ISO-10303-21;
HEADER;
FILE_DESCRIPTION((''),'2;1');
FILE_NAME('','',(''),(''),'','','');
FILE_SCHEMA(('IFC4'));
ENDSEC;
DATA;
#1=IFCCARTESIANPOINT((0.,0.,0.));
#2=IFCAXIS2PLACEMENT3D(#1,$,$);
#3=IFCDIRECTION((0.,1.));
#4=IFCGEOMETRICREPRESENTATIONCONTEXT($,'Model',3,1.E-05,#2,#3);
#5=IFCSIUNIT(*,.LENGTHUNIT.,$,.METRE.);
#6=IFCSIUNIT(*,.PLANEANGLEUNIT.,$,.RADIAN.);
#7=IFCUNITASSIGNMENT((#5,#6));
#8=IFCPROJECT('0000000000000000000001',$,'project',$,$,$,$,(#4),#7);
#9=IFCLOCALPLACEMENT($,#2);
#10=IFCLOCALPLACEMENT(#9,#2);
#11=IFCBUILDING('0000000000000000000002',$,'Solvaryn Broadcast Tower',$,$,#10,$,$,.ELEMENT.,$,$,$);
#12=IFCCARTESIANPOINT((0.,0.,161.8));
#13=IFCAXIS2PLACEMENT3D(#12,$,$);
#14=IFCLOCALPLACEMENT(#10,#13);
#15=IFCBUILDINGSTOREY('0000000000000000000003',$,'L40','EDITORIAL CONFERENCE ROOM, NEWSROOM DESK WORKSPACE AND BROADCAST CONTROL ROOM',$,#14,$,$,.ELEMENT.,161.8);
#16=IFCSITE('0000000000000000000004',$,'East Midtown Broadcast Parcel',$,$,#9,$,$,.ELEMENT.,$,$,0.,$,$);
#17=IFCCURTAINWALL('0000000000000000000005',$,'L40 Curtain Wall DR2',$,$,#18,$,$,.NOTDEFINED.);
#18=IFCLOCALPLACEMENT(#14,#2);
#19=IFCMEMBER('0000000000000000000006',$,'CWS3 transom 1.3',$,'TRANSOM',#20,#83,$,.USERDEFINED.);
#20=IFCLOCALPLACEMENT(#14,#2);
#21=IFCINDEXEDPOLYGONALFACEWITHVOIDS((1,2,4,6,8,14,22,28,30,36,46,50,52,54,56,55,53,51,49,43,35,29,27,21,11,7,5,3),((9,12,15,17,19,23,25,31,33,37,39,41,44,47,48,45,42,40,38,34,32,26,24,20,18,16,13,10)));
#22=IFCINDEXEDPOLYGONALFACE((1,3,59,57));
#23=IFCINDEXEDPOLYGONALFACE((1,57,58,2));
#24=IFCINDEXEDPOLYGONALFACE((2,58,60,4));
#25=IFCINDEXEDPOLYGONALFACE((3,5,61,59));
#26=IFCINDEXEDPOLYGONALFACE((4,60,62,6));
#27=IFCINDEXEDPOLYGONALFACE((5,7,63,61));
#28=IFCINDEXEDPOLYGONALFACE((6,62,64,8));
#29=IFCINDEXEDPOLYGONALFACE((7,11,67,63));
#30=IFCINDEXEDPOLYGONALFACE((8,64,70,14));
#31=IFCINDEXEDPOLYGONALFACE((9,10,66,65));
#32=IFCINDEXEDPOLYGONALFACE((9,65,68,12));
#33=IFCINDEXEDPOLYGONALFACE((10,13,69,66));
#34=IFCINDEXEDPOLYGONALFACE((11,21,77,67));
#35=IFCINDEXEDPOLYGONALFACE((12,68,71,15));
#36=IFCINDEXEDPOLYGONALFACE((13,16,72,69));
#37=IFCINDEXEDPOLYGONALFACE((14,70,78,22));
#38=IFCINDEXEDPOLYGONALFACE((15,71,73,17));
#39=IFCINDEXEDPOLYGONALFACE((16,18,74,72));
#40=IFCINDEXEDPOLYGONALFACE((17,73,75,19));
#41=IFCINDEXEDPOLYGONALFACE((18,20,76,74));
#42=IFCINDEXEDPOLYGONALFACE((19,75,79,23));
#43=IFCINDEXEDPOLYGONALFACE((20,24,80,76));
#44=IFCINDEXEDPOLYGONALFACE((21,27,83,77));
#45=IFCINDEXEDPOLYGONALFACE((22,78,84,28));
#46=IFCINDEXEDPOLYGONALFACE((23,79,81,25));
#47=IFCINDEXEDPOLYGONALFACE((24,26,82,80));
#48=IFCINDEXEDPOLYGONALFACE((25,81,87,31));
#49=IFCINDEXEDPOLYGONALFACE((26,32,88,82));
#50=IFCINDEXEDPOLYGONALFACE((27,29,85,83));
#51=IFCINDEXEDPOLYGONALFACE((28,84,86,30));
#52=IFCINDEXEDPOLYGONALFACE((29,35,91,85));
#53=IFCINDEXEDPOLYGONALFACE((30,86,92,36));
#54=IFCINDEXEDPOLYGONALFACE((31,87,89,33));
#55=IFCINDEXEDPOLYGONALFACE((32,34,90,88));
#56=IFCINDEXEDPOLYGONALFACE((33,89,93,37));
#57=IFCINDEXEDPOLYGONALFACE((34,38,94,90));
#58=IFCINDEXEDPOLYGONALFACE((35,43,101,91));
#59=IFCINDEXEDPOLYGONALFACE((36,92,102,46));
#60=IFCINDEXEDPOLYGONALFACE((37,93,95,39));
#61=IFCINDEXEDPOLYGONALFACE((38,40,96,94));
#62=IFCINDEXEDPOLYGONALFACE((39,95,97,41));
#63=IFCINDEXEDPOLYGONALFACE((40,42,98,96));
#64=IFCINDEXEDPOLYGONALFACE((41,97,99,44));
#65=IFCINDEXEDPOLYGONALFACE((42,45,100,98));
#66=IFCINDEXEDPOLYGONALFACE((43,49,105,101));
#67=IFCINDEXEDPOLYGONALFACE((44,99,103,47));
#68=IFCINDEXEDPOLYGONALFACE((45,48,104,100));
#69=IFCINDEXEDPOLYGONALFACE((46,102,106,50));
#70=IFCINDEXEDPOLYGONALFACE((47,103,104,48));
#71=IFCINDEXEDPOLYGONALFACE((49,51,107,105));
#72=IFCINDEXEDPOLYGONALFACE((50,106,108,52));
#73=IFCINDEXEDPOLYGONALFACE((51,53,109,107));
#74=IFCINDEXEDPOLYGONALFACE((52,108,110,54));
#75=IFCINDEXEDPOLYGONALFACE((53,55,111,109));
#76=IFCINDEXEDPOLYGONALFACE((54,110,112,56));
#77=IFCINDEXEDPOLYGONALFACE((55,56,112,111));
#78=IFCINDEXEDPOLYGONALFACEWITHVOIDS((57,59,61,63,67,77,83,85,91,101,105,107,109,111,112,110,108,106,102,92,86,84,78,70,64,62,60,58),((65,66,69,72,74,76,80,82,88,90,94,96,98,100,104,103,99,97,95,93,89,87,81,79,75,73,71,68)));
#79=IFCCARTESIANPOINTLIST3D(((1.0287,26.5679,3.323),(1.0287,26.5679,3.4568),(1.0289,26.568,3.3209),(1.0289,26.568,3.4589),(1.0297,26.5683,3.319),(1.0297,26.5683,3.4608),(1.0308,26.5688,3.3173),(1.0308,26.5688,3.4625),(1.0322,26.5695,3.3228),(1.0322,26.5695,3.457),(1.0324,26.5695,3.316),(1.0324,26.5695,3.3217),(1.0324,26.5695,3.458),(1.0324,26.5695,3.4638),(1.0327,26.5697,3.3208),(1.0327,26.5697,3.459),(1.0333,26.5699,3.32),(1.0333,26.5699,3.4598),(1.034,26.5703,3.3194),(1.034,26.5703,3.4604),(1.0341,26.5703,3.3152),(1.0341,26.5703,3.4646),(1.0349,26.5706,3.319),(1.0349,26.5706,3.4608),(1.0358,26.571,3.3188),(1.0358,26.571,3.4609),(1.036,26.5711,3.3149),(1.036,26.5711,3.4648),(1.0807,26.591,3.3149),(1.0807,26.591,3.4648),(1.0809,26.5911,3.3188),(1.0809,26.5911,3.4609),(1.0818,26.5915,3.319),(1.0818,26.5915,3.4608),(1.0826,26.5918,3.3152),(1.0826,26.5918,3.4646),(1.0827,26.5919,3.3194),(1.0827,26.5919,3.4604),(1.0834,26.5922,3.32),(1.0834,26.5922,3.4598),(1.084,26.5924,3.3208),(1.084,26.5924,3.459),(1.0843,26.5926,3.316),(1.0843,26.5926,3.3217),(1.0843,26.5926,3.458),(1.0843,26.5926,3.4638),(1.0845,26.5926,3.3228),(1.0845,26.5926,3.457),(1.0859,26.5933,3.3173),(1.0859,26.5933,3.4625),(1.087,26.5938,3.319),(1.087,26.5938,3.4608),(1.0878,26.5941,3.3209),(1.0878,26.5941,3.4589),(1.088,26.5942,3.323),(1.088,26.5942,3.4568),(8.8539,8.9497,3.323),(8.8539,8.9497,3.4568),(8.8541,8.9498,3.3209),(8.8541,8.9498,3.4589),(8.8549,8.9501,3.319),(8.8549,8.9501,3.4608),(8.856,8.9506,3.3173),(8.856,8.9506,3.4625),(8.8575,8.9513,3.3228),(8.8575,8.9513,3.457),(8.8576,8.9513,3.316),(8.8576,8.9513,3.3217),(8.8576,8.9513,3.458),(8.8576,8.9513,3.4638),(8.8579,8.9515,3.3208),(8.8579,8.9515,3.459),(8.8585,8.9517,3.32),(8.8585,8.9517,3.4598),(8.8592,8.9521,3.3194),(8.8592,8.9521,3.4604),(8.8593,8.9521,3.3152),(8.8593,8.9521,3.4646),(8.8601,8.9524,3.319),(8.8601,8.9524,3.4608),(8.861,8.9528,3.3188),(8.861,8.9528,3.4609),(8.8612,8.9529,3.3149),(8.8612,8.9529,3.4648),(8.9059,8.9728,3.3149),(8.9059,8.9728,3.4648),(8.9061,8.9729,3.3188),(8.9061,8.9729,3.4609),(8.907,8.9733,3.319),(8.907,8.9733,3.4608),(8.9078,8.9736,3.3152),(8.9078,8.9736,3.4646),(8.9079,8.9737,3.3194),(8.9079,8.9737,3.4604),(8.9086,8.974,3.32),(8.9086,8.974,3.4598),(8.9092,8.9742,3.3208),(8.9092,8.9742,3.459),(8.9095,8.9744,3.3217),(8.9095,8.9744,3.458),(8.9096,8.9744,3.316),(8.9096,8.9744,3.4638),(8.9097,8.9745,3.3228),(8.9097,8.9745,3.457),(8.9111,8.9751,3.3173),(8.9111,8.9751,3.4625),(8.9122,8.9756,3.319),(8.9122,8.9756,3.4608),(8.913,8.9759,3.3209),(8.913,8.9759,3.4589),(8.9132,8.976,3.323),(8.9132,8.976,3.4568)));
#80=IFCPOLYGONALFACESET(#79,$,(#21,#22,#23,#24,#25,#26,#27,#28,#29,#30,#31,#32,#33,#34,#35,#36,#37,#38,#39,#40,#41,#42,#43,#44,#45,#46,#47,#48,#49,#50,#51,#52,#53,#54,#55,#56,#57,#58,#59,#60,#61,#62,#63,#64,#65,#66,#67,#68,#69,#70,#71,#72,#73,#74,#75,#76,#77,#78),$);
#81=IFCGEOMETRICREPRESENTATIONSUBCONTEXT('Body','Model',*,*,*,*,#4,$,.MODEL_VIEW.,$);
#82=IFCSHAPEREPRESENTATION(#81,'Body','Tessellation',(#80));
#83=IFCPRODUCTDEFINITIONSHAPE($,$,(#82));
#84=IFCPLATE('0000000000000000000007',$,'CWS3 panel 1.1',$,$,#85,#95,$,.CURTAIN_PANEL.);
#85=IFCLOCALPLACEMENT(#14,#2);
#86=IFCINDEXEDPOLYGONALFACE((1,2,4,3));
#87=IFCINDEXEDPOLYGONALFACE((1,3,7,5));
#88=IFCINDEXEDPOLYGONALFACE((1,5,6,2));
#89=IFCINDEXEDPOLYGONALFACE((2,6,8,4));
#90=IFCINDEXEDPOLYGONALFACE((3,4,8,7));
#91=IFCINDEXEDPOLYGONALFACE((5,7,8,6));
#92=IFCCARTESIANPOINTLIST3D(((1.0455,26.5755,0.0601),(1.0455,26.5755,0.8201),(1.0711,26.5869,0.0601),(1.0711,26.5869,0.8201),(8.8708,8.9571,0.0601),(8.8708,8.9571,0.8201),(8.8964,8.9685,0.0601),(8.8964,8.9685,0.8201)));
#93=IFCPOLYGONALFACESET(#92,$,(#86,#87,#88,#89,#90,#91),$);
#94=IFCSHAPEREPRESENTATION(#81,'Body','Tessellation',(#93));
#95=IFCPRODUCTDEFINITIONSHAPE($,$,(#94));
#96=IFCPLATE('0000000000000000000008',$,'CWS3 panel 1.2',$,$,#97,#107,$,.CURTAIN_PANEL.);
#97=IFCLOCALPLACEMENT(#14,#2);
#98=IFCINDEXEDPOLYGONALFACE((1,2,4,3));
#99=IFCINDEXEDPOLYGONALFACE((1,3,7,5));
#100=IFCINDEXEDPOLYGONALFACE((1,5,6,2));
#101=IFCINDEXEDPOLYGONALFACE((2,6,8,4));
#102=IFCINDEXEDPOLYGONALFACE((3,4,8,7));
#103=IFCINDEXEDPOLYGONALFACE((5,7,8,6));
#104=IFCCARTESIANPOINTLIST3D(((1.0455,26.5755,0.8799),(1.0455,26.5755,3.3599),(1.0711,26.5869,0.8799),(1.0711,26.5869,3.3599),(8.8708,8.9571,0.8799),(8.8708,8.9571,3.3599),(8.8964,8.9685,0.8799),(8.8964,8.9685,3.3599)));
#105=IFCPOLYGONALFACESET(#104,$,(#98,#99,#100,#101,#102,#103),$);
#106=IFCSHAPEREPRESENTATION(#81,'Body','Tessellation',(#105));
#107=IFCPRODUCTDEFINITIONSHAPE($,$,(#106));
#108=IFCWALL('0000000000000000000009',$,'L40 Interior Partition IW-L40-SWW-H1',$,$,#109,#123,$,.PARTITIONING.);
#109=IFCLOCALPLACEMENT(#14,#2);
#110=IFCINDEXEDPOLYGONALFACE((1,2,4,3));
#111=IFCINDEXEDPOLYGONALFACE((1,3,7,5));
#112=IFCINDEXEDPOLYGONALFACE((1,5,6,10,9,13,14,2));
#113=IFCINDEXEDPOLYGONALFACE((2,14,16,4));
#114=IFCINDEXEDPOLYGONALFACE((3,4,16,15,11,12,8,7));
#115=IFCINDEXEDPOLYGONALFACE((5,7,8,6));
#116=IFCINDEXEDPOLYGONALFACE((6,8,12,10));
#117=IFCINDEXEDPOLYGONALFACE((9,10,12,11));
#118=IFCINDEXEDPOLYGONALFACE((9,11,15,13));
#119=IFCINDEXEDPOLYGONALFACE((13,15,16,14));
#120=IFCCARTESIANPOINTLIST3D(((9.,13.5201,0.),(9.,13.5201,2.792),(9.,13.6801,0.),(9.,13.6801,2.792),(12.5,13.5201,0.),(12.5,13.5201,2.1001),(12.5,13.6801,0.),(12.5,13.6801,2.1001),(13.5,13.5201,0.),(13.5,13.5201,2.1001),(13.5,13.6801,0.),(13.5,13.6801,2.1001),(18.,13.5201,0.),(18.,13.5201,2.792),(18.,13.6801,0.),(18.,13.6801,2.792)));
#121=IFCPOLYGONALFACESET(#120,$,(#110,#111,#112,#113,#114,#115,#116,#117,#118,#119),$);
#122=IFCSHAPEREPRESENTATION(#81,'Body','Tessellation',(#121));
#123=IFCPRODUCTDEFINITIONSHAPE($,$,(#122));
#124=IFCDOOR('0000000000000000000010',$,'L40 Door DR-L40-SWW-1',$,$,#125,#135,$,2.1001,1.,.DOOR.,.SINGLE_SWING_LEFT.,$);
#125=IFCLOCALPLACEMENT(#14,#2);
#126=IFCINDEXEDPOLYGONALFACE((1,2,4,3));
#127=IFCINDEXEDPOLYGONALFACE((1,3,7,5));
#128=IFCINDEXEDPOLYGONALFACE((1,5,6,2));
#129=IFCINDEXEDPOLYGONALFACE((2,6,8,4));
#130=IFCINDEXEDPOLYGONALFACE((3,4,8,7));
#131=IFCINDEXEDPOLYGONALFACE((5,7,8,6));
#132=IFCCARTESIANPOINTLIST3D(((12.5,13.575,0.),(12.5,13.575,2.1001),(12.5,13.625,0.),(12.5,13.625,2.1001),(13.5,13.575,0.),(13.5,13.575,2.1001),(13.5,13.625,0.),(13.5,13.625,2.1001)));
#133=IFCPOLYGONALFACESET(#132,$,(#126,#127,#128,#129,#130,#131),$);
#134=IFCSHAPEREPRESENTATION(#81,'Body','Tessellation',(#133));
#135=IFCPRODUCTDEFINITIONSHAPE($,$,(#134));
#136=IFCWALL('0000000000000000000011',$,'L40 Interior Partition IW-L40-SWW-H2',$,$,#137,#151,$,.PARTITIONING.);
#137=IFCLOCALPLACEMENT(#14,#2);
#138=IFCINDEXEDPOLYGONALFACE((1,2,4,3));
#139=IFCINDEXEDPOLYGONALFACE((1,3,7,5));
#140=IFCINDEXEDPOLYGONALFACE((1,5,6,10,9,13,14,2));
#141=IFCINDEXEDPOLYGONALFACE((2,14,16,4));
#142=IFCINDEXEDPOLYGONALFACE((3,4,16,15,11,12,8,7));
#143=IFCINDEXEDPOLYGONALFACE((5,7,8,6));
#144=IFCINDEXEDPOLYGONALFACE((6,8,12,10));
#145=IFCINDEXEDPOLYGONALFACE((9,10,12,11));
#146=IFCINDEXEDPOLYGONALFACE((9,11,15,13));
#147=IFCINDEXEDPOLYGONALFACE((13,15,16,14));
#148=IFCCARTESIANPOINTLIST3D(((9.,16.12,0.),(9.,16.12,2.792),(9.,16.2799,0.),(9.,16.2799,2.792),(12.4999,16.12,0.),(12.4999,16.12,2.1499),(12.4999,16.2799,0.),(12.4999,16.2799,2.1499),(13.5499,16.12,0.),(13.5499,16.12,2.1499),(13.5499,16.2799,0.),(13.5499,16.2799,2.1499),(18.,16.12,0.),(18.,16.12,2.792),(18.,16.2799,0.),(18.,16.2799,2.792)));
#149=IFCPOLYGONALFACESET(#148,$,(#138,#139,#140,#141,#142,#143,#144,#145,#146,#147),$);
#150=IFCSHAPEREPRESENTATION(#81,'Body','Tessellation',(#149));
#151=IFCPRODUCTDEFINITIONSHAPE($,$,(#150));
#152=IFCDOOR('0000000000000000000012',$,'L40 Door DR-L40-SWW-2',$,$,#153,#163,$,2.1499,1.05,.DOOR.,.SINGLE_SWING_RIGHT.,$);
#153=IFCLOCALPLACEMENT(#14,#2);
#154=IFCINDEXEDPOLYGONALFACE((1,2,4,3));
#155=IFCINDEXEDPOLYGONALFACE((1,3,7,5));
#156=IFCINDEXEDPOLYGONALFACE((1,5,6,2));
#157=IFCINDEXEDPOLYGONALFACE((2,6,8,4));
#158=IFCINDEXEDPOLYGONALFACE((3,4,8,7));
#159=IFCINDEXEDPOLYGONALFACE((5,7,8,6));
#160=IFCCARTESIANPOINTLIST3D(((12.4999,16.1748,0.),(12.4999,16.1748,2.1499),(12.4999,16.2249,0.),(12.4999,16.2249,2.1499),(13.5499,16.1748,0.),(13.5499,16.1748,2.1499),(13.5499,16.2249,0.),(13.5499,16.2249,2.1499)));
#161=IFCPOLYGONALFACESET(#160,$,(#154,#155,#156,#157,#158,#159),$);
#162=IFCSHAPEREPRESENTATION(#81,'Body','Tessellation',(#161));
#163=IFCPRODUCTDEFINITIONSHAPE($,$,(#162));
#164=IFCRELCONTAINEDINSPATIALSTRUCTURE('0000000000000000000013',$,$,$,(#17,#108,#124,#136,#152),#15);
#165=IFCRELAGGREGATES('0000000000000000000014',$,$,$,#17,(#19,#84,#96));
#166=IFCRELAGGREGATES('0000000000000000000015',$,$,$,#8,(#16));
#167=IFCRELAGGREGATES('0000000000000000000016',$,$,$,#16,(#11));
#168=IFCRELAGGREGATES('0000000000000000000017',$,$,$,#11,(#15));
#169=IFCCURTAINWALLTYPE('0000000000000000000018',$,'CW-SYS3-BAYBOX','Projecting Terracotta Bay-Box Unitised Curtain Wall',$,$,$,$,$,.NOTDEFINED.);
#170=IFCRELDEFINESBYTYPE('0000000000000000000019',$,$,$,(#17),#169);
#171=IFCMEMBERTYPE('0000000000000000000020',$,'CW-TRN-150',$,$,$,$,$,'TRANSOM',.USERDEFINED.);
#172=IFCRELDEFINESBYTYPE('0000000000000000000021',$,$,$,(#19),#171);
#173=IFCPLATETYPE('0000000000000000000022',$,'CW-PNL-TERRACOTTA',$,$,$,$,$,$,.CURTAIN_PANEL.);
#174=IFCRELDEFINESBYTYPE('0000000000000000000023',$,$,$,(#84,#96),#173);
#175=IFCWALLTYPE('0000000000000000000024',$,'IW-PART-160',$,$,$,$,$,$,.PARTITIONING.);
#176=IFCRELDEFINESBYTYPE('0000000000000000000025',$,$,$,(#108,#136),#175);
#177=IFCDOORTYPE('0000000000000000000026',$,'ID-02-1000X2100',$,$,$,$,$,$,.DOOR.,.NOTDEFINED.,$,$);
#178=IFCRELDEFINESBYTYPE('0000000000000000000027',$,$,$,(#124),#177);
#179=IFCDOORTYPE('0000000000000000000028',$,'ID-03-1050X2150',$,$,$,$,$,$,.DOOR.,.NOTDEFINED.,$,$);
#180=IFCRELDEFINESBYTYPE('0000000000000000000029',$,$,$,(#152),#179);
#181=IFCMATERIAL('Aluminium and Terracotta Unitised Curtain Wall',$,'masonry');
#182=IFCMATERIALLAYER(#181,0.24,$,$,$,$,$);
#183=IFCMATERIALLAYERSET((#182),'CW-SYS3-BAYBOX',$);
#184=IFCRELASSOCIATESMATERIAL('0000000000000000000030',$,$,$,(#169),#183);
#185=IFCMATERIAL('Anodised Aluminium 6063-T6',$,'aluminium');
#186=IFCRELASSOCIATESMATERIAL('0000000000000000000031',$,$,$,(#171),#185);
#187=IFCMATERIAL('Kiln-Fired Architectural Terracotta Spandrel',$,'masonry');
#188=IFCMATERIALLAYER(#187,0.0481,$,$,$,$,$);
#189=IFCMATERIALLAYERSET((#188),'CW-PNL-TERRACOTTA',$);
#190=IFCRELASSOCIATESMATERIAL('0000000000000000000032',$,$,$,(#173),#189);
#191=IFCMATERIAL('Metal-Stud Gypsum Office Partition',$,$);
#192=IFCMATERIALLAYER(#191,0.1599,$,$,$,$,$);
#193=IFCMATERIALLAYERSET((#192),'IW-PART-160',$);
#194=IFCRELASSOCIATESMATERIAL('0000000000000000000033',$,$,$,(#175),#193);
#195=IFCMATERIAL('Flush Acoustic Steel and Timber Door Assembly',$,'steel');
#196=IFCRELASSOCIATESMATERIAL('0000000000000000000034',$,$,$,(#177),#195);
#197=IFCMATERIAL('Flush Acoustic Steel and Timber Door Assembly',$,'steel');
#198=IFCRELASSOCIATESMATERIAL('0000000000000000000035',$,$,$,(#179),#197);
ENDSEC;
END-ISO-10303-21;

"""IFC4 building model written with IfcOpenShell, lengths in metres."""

from ifc_helpers import new_model, si_unit, direction, frame, frame_2d, origin, origin_2d, place, context, subcontext, project, spatial, rectangle, hollow_rectangle, extrude, material, layer, layer_set, material_profile, profile_set, type_object, element, fill, aggregate, save


model = new_model("IFC4")

# Units and contexts
model_context = context("Model", 3, precision=1e-05, world=origin(), true_north=direction((0.0, 1.0)))
body_context = subcontext(model_context, "Body", "Model", "MODEL_VIEW")
ifc_project = project(units=[si_unit("LENGTHUNIT", "METRE"), si_unit("PLANEANGLEUNIT", "RADIAN")], contexts=[model_context])

# Site, building, storey
site_placement = place(None, origin())
site = spatial("IfcSite", under=ifc_project, at=site_placement, Name="East Midtown Broadcast Parcel", CompositionType="ELEMENT", RefElevation=0.0)
building_placement = place(site_placement, origin())
building = spatial("IfcBuilding", under=site, at=building_placement, Name="Solvaryn Broadcast Tower", CompositionType="ELEMENT")
storey_placement = place(building_placement, frame((0.0, 0.0, 161.8)))
storey = spatial("IfcBuildingStorey", under=building, at=storey_placement, Name="L40", Description="EDITORIAL CONFERENCE ROOM, NEWSROOM DESK WORKSPACE AND BROADCAST CONTROL ROOM", CompositionType="ELEMENT", Elevation=161.8)

# Curtain wall, member, plates
ifc_material_1 = material(Name="Aluminium and Terracotta Unitised Curtain Wall", Category="masonry")
ifc_layer_1 = layer(ifc_material_1, 0.24)
ifc_layer_set_1 = layer_set([ifc_layer_1], Name="CW-SYS3-BAYBOX")
curtain_wall_type_1 = type_object("IfcCurtainWallType", Name="CW-SYS3-BAYBOX", Description="Projecting Terracotta Bay-Box Unitised Curtain Wall", PredefinedType="NOTDEFINED", material=ifc_layer_set_1)
curtain_wall_1_placement = place(storey_placement, origin())
curtain_wall_1 = element("IfcCurtainWall", 1, at=curtain_wall_1_placement, inside=storey, type_object=curtain_wall_type_1, Name="L40 Curtain Wall DR2", PredefinedType="NOTDEFINED")
ifc_material_2 = material(Name="Anodised Aluminium 6063-T6", Category="aluminium")
ifc_material_profile_1 = material_profile(ifc_material_2, hollow_rectangle(XDim=0.0649, YDim=0.1499, WallThickness=0.0039, InnerFilletRadius=0.0039, OuterFilletRadius=0.0081, at=origin_2d()))
ifc_profile_set_1 = profile_set([ifc_material_profile_1], Name="Anodised Aluminium 6063-T6")
member_type_1 = type_object("IfcMemberType", Name="CW-TRN-150", ElementType="TRANSOM", PredefinedType="USERDEFINED", material=ifc_profile_set_1)
member_1_placement = place(storey_placement, frame((1.0583, 26.5811, 3.3899), z_axis=(0.405918, -0.91391, 0.0), x_axis=(0.91391, 0.405918, 0.0)))
member_1 = element("IfcMember", 2, at=member_1_placement, type_object=member_type_1, Name="CWS3 transom 1.3", ObjectType="TRANSOM", PredefinedType="USERDEFINED", context=body_context, shape_type="SweptSolid", body=[
    extrude(hollow_rectangle(XDim=0.0649, YDim=0.1499, WallThickness=0.0039, InnerFilletRadius=0.0039, OuterFilletRadius=0.0081, at=origin_2d()), origin(), (0.0, 0.0, 1.0), 19.2778),
])
ifc_material_3 = material(Name="Kiln-Fired Architectural Terracotta Spandrel", Category="masonry")
ifc_layer_2 = layer(ifc_material_3, 0.0481)
ifc_layer_set_2 = layer_set([ifc_layer_2], Name="CW-PNL-TERRACOTTA")
plate_type = type_object("IfcPlateType", Name="CW-PNL-TERRACOTTA", PredefinedType="CURTAIN_PANEL", material=ifc_layer_set_2)
plate_1_placement = place(storey_placement, frame((4.9709, 17.772, 0.0601), z_axis=(0.0, 0.0, 1.0), x_axis=(0.405918, -0.913909, 0.0)))
plate_1 = element("IfcPlate", 3, at=plate_1_placement, type_object=plate_type, Name="CWS3 panel 1.1", PredefinedType="CURTAIN_PANEL", context=body_context, shape_type="SweptSolid", body=[
    extrude(rectangle(XDim=19.2781, YDim=0.0281, at=origin_2d()), origin(), (0.0, 0.0, 1.0), 0.76),
])
plate_2_placement = place(storey_placement, frame((4.9709, 17.772, 0.8799), z_axis=(0.0, 0.0, 1.0), x_axis=(0.405918, -0.913909, 0.0)))
plate_2 = element("IfcPlate", 4, at=plate_2_placement, type_object=plate_type, Name="CWS3 panel 1.2", PredefinedType="CURTAIN_PANEL", context=body_context, shape_type="SweptSolid", body=[
    extrude(rectangle(XDim=19.2781, YDim=0.0281, at=origin_2d()), origin(), (0.0, 0.0, 1.0), 2.48),
])
aggregate(curtain_wall_1, [member_1, plate_1, plate_2])

# Walls, openings, doors
ifc_material_4 = material(Name="Metal-Stud Gypsum Office Partition")
ifc_layer_3 = layer(ifc_material_4, 0.1599)
ifc_layer_set_3 = layer_set([ifc_layer_3], Name="IW-PART-160")
wall_type = type_object("IfcWallType", Name="IW-PART-160", PredefinedType="PARTITIONING", material=ifc_layer_set_3)
wall_1_placement = place(storey_placement, frame((9.0, 13.6001, 0.0), z_axis=(0.0, 0.0, 1.0), x_axis=(1.0, 0.0, 0.0)))
wall_1 = element("IfcWall", 5, at=wall_1_placement, inside=storey, type_object=wall_type, Name="L40 Interior Partition IW-L40-SWW-H1", PredefinedType="PARTITIONING", context=body_context, shape_type="SweptSolid", body=[
    extrude(rectangle(XDim=9.0, YDim=0.1599, at=frame_2d((4.5, 0.0))), origin(), (0.0, 0.0, 1.0), 2.792),
])
opening_1_placement = place(wall_1_placement, frame((3.5, 0.0, 0.0)))
opening_1 = element("IfcOpeningElement", 6, at=opening_1_placement, cuts=wall_1, PredefinedType="OPENING", context=body_context, shape_type="SweptSolid", body=[
    extrude(rectangle(XDim=1.0, YDim=2.1001, at=frame_2d((0.5, 1.05))), frame((0.0, 0.0901, 0.0), z_axis=(0.0, -1.0, 0.0), x_axis=(1.0, 0.0, 0.0)), (0.0, 0.0, 1.0), 0.1799),
])
ifc_material_5 = material(Name="Flush Acoustic Steel and Timber Door Assembly", Category="steel")
door_type_1 = type_object("IfcDoorType", Name="ID-02-1000X2100", OperationType="NOTDEFINED", PredefinedType="DOOR", material=ifc_material_5)
door_1_placement = place(opening_1_placement, origin())
door_1 = element("IfcDoor", 7, at=door_1_placement, inside=storey, type_object=door_type_1, Name="L40 Door DR-L40-SWW-1", OperationType="SINGLE_SWING_LEFT", OverallHeight=2.1001, OverallWidth=1.0, PredefinedType="DOOR", context=body_context, shape_type="SweptSolid", body=[
    extrude(rectangle(XDim=1.0, YDim=2.1001, at=frame_2d((0.5, 1.05))), frame((0.0, 0.0249, 0.0), z_axis=(0.0, -1.0, 0.0), x_axis=(1.0, 0.0, 0.0)), (0.0, 0.0, 1.0), 0.05),
])
fill(opening_1, door_1)
wall_2_placement = place(storey_placement, frame((9.0, 16.2, 0.0), z_axis=(0.0, 0.0, 1.0), x_axis=(1.0, 0.0, 0.0)))
wall_2 = element("IfcWall", 8, at=wall_2_placement, inside=storey, type_object=wall_type, Name="L40 Interior Partition IW-L40-SWW-H2", PredefinedType="PARTITIONING", context=body_context, shape_type="SweptSolid", body=[
    extrude(rectangle(XDim=9.0, YDim=0.1599, at=frame_2d((4.5, 0.0))), origin(), (0.0, 0.0, 1.0), 2.792),
])
opening_2_placement = place(wall_2_placement, frame((3.5, 0.0, 0.0)))
opening_2 = element("IfcOpeningElement", 9, at=opening_2_placement, cuts=wall_2, PredefinedType="OPENING", context=body_context, shape_type="SweptSolid", body=[
    extrude(rectangle(XDim=1.05, YDim=2.1499, at=frame_2d((0.5249, 1.075))), frame((0.0, 0.0901, 0.0), z_axis=(0.0, -1.0, 0.0), x_axis=(1.0, 0.0, 0.0)), (0.0, 0.0, 1.0), 0.1799),
])
ifc_material_6 = material(Name="Flush Acoustic Steel and Timber Door Assembly", Category="steel")
door_type_2 = type_object("IfcDoorType", Name="ID-03-1050X2150", OperationType="NOTDEFINED", PredefinedType="DOOR", material=ifc_material_6)
door_2_placement = place(opening_2_placement, origin())
door_2 = element("IfcDoor", 10, at=door_2_placement, inside=storey, type_object=door_type_2, Name="L40 Door DR-L40-SWW-2", OperationType="SINGLE_SWING_RIGHT", OverallHeight=2.1499, OverallWidth=1.05, PredefinedType="DOOR", context=body_context, shape_type="SweptSolid", body=[
    extrude(rectangle(XDim=1.05, YDim=2.1499, at=frame_2d((0.5249, 1.075))), frame((0.0, 0.0249, 0.0), z_axis=(0.0, -1.0, 0.0), x_axis=(1.0, 0.0, 0.0)), (0.0, 0.0, 1.0), 0.05),
])
fill(opening_2, door_2)

save(model, "model.ifc")
